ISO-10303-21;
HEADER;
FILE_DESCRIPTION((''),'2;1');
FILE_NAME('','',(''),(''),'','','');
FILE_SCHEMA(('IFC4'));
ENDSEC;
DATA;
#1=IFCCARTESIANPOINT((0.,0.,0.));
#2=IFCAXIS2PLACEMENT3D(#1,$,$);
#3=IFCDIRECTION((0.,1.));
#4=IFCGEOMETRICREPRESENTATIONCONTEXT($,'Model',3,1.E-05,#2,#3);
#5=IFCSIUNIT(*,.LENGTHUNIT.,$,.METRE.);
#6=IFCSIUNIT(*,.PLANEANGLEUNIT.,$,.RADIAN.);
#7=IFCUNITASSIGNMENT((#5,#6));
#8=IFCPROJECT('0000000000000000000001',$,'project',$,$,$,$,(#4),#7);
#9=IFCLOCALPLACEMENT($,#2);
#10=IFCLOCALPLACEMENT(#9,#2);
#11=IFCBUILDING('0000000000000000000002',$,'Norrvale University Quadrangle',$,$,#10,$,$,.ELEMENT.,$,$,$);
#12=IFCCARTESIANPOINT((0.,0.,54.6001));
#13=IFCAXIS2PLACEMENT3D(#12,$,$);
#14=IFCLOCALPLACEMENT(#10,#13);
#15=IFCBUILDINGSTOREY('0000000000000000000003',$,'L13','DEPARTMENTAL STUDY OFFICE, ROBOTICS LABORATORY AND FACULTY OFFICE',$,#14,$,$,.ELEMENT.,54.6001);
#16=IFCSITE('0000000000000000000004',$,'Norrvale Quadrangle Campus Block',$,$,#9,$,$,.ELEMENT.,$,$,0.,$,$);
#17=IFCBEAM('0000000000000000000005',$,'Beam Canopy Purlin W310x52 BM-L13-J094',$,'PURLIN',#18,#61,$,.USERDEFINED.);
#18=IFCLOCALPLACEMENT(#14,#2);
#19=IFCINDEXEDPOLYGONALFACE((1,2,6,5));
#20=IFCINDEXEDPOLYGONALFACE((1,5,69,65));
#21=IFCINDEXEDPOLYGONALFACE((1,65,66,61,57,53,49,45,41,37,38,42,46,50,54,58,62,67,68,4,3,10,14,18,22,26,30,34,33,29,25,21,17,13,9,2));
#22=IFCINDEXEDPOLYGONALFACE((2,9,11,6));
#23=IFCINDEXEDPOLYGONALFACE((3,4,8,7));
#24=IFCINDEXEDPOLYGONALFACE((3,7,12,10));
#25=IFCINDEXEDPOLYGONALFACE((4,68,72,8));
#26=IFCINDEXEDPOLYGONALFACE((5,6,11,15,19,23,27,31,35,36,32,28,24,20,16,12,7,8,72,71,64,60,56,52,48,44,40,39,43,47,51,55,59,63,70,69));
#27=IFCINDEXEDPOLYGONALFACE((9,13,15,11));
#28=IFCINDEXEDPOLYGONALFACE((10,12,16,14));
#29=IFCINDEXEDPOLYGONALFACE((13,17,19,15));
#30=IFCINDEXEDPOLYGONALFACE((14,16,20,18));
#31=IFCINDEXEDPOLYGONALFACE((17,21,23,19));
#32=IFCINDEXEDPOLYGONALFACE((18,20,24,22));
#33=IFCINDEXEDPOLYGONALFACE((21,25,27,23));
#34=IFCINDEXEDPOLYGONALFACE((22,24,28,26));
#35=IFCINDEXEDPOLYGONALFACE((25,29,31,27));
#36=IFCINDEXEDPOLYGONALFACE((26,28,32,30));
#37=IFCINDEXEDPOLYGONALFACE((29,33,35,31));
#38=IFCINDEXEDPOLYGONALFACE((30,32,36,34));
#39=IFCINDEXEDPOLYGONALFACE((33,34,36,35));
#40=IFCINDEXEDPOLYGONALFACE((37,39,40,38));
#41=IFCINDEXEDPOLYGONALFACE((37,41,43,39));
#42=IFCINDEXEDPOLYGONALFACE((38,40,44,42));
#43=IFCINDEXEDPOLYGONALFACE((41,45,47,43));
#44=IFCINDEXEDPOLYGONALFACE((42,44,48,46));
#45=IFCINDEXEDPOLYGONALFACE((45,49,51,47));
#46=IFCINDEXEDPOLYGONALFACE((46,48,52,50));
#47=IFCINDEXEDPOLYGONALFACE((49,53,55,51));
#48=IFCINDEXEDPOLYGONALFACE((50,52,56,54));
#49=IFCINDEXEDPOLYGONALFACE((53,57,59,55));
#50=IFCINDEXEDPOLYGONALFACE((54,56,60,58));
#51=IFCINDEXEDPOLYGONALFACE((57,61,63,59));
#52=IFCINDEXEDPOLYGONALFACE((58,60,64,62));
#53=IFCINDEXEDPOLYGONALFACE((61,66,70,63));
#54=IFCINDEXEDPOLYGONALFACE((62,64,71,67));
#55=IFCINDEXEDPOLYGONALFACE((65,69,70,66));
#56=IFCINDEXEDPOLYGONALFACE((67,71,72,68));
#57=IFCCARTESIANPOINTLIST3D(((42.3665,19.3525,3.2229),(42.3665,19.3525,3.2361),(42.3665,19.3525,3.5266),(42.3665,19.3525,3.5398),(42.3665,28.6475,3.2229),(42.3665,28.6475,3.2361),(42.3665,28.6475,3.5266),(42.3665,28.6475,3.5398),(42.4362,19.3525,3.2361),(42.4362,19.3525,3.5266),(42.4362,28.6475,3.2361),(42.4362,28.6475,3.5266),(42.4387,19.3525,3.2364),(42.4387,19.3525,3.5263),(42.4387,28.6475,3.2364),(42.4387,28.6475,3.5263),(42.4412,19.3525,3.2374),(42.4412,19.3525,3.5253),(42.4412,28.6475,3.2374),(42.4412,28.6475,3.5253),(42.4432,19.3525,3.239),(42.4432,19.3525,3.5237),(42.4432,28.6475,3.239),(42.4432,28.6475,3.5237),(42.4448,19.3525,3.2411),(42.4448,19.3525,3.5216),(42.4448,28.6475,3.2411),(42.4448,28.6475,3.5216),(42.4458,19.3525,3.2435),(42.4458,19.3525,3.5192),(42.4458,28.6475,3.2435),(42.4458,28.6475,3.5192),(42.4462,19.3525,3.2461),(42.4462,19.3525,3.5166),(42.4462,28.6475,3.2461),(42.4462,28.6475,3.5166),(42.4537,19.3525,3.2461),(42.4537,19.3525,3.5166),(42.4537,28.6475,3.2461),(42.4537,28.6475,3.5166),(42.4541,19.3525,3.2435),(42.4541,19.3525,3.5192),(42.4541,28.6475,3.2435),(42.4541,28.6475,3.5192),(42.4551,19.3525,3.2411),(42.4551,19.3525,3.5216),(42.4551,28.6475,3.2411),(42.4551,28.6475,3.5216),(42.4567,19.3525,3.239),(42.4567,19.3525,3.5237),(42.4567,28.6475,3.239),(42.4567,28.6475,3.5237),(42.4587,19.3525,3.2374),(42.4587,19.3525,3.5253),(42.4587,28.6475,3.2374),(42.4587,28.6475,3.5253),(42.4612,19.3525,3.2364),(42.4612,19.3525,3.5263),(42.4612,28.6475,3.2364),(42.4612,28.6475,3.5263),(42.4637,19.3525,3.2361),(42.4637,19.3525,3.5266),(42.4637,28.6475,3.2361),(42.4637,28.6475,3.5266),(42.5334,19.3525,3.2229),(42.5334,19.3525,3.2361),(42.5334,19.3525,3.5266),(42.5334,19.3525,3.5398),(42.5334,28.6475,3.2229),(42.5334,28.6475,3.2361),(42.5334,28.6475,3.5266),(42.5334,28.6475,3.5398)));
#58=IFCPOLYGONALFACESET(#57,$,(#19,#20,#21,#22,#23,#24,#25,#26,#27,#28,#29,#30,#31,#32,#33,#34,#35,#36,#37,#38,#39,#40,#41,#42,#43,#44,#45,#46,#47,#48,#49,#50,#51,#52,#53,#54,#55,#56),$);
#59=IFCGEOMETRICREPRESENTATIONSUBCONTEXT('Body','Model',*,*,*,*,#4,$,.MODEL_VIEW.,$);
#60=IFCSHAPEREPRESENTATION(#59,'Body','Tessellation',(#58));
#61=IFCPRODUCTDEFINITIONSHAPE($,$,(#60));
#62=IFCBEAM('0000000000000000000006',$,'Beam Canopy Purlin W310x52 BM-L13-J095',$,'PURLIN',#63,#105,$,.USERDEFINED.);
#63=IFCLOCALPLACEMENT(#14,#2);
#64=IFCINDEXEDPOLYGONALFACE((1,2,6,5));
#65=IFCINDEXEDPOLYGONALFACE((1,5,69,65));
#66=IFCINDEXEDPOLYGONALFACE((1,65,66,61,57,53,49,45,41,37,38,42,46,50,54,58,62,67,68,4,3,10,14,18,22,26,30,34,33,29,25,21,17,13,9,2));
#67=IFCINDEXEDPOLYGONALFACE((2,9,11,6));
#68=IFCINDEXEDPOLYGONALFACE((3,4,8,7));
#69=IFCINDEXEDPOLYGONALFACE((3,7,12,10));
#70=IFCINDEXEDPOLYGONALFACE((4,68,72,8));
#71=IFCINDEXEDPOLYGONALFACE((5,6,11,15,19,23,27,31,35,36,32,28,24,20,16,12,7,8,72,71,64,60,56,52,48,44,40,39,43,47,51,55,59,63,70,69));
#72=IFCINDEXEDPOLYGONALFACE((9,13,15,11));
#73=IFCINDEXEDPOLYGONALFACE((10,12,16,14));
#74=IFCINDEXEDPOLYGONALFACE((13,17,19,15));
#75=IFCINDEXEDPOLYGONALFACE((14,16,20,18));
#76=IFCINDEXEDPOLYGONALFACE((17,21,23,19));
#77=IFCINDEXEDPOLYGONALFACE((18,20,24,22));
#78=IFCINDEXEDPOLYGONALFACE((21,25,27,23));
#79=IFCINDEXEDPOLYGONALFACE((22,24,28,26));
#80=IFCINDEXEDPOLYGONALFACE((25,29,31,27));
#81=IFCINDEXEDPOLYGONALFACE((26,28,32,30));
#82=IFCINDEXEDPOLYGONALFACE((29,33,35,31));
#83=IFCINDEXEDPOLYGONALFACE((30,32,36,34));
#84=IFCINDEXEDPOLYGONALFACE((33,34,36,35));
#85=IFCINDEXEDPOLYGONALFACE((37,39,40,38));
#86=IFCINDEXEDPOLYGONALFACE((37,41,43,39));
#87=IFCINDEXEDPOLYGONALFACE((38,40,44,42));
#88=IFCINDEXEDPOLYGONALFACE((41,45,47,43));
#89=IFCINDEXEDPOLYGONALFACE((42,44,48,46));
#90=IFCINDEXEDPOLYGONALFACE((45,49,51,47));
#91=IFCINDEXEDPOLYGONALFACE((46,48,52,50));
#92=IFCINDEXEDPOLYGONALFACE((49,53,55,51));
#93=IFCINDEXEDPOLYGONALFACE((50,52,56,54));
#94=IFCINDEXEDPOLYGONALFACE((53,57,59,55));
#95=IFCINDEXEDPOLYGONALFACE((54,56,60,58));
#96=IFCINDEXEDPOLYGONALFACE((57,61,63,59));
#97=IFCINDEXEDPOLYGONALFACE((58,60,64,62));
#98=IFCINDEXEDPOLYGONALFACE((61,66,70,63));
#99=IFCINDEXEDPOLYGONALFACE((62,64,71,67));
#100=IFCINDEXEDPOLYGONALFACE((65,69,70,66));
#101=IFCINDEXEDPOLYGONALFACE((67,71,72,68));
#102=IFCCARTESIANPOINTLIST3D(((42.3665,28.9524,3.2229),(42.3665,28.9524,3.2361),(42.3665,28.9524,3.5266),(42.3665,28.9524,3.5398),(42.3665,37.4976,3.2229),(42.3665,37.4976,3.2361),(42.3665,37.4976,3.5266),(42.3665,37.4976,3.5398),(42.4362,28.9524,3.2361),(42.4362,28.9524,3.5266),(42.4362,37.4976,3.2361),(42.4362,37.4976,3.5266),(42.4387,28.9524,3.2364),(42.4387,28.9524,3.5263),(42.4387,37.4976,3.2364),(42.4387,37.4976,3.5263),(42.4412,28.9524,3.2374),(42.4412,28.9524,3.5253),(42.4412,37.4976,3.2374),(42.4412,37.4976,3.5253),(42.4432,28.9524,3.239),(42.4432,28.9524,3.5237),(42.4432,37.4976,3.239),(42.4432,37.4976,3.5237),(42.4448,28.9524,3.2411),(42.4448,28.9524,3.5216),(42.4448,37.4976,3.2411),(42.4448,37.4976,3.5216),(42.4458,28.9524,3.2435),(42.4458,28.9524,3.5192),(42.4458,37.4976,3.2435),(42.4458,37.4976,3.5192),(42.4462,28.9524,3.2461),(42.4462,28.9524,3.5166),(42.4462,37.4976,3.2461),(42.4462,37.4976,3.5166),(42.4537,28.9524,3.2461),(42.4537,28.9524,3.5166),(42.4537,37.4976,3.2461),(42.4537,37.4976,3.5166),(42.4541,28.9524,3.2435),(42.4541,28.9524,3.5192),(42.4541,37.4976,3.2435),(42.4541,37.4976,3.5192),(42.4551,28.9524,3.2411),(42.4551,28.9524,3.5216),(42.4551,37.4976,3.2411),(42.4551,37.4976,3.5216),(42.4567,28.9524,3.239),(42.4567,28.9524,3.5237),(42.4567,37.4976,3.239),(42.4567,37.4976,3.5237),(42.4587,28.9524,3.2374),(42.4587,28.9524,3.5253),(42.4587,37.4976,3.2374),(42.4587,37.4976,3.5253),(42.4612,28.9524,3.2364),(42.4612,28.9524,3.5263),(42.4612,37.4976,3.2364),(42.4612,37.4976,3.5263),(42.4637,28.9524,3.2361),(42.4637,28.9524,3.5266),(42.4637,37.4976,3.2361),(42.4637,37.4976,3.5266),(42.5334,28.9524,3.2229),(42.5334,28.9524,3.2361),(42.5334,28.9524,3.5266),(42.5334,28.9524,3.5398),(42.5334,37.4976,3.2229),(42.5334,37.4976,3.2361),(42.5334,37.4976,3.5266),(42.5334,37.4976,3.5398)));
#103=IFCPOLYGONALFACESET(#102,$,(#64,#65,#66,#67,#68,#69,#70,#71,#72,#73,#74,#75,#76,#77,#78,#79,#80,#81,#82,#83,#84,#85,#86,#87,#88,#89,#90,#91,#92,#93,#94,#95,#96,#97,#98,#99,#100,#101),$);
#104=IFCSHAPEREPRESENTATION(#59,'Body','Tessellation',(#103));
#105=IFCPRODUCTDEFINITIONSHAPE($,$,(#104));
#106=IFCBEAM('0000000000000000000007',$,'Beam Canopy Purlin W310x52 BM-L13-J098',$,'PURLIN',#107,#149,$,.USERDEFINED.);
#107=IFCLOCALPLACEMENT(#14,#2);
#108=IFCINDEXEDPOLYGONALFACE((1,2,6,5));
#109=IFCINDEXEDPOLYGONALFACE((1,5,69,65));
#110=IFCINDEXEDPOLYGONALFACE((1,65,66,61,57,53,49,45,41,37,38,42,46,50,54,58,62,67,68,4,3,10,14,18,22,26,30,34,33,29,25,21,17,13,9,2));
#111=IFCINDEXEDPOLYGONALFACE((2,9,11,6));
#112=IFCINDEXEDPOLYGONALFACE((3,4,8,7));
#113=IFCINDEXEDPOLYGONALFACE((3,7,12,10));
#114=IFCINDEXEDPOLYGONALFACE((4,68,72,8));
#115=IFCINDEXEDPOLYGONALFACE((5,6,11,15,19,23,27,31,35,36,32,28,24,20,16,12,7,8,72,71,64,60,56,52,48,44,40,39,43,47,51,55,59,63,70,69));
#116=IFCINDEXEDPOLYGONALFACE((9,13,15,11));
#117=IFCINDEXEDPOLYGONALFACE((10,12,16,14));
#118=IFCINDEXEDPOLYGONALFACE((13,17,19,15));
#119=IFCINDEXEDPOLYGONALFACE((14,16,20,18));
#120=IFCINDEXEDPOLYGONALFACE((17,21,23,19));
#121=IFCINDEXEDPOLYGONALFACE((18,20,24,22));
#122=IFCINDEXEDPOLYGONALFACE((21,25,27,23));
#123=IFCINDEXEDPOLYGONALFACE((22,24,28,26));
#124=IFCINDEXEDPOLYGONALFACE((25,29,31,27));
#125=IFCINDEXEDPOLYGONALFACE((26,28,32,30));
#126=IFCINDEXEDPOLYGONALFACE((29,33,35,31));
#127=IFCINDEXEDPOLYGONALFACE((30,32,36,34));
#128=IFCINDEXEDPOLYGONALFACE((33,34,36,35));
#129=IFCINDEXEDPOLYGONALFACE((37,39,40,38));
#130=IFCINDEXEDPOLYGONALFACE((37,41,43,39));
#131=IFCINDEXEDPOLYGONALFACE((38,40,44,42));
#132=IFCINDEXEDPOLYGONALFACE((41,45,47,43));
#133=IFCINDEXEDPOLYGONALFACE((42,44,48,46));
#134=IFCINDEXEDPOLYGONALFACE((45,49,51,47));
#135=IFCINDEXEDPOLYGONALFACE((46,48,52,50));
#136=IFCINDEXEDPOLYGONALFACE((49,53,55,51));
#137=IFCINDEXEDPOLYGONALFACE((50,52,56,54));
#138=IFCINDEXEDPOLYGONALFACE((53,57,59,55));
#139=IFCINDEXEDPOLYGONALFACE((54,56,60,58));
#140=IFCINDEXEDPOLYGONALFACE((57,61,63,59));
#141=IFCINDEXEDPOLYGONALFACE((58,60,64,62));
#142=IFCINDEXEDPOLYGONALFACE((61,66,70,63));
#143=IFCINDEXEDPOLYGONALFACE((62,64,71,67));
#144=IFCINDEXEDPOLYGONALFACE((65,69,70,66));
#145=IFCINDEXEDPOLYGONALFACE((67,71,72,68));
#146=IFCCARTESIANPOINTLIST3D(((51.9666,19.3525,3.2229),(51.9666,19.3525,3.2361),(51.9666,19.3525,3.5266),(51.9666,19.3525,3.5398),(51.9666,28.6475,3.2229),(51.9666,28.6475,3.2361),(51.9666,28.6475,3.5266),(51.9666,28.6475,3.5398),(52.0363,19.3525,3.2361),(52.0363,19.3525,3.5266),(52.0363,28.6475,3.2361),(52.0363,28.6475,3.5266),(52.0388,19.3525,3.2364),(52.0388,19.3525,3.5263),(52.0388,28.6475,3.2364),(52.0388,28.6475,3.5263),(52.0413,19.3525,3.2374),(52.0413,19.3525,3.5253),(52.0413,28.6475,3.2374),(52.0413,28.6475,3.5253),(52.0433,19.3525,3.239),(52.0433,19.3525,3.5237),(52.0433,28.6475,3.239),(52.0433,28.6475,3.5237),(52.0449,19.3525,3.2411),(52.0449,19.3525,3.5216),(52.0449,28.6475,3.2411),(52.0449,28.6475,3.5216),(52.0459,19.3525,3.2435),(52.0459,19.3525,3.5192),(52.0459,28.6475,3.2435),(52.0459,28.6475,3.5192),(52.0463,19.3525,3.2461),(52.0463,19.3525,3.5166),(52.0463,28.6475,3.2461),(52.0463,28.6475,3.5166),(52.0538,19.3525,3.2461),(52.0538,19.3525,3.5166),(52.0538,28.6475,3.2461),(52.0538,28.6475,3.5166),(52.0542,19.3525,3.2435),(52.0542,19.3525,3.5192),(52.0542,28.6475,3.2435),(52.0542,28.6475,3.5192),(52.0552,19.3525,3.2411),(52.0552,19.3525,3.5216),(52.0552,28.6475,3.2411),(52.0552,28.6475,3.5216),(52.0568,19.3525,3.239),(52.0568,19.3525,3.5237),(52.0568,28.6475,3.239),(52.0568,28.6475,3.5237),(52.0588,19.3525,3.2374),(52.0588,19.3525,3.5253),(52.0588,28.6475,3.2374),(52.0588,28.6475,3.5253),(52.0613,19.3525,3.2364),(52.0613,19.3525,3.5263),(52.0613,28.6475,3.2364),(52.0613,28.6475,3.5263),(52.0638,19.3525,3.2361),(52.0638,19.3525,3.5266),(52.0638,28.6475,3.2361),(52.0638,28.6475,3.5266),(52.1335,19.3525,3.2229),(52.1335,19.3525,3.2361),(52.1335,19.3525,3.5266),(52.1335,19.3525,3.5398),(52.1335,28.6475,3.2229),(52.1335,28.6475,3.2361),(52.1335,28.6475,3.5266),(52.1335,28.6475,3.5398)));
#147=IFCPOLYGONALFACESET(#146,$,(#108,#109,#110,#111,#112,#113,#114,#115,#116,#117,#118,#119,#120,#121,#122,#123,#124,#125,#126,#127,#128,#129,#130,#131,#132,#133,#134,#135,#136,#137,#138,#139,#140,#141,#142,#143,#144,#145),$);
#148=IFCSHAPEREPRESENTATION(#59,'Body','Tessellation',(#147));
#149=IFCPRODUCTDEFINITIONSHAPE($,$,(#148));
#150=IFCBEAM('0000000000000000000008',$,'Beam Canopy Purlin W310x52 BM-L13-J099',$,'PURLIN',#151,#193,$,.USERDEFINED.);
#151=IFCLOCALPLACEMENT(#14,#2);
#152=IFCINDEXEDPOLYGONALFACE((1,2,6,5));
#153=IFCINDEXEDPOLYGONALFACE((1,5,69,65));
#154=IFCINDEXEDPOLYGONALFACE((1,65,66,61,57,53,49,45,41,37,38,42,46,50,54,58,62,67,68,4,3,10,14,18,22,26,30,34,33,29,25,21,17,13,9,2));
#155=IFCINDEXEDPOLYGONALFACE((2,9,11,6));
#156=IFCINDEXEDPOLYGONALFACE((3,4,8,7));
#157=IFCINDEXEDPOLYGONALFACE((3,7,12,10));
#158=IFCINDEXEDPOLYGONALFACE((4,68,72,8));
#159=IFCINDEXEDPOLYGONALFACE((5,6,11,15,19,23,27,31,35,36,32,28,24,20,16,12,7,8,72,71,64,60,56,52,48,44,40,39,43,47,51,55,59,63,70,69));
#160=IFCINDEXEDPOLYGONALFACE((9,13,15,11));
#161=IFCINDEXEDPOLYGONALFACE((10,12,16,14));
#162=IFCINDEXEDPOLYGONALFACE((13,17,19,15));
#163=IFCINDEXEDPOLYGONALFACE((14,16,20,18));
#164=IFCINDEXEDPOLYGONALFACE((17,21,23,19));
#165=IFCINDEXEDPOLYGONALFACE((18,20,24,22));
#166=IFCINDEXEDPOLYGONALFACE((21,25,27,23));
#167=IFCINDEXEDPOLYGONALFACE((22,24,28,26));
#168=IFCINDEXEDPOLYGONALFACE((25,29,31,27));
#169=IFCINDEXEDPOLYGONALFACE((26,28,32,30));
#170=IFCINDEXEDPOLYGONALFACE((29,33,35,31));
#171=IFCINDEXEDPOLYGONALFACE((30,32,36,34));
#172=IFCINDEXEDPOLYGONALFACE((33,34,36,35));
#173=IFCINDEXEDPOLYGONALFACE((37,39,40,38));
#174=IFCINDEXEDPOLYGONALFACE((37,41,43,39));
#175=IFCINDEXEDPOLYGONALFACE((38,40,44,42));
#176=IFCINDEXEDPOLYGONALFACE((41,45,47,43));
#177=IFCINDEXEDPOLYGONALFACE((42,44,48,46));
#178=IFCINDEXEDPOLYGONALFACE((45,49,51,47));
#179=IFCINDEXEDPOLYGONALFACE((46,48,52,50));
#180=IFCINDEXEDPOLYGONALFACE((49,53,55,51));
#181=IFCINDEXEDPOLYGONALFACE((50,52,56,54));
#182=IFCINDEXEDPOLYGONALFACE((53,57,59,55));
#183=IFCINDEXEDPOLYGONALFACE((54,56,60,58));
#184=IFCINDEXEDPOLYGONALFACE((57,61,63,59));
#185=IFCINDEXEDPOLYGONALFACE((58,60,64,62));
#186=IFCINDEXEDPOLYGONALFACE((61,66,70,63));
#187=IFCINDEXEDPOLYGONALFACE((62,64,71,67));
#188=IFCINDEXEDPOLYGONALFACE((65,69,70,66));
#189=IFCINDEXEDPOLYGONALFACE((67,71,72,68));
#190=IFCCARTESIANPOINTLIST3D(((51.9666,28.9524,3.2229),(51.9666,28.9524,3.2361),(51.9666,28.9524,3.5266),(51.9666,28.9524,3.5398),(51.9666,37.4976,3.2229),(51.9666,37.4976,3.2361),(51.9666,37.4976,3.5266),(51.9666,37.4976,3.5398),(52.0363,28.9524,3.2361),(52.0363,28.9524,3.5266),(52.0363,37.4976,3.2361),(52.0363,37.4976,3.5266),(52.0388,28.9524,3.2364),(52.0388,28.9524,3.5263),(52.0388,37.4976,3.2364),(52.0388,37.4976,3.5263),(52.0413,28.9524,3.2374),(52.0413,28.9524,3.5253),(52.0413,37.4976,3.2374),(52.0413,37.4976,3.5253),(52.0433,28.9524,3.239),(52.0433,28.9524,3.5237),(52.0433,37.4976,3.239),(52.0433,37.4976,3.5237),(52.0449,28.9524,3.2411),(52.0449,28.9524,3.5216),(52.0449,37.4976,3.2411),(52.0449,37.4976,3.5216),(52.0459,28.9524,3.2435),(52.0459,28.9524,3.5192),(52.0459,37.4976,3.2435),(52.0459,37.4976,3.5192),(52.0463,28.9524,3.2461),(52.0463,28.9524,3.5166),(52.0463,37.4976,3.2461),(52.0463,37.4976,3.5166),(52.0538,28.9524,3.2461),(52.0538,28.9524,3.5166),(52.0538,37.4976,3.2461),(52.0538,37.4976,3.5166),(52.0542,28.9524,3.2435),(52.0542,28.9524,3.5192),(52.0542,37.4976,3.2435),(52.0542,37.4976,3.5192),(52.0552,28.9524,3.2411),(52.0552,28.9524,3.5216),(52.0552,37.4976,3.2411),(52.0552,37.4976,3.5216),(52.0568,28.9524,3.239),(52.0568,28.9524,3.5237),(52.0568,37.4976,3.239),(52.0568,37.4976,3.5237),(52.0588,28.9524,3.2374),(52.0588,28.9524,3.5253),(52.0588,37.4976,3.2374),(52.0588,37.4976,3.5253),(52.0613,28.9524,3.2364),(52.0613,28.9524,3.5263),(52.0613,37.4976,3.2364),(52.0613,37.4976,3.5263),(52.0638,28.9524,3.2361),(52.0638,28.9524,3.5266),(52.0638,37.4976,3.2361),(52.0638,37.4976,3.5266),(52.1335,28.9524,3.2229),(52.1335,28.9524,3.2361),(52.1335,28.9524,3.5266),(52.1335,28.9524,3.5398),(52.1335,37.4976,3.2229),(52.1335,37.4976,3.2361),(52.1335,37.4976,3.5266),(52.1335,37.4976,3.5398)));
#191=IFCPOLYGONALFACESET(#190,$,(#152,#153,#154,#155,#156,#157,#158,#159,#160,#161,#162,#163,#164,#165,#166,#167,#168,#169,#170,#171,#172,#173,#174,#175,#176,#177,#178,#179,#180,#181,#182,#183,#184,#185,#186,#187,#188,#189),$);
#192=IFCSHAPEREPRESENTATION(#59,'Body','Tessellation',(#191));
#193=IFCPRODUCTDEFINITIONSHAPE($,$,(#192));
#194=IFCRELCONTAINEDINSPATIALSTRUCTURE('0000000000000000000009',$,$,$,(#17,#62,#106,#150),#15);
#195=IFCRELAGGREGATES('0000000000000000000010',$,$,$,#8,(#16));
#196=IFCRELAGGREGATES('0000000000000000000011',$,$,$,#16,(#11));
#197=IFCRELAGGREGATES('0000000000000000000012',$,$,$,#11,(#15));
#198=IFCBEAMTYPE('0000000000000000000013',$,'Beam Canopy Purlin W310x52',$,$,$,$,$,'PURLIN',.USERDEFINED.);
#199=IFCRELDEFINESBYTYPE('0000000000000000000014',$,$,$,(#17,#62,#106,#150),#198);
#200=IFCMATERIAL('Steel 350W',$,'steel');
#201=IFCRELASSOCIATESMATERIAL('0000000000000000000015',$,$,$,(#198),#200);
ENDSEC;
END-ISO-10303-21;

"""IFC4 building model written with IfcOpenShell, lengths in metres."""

from ifc_helpers import new_model, si_unit, direction, frame, origin, origin_2d, place, context, subcontext, project, spatial, i_section, extrude, material, material_profile, profile_set, type_object, element, save


model = new_model("IFC4")

# Units and contexts
model_context = context("Model", 3, precision=1e-05, world=origin(), true_north=direction((0.0, 1.0)))
body_context = subcontext(model_context, "Body", "Model", "MODEL_VIEW")
ifc_project = project(units=[si_unit("LENGTHUNIT", "METRE"), si_unit("PLANEANGLEUNIT", "RADIAN")], contexts=[model_context])

# Site, building, storey
site_placement = place(None, origin())
site = spatial("IfcSite", under=ifc_project, at=site_placement, Name="Norrvale Quadrangle Campus Block", CompositionType="ELEMENT", RefElevation=0.0)
building_placement = place(site_placement, origin())
building = spatial("IfcBuilding", under=site, at=building_placement, Name="Norrvale University Quadrangle", CompositionType="ELEMENT")
storey_placement = place(building_placement, frame((0.0, 0.0, 54.6001)))
storey = spatial("IfcBuildingStorey", under=building, at=storey_placement, Name="L13", Description="DEPARTMENTAL STUDY OFFICE, ROBOTICS LABORATORY AND FACULTY OFFICE", CompositionType="ELEMENT", Elevation=54.6001)

# Beams
ifc_material_1 = material(Name="Steel 350W", Category="steel")
ifc_material_profile_1 = material_profile(ifc_material_1, i_section(OverallWidth=0.167, OverallDepth=0.3169, WebThickness=0.0076, FlangeThickness=0.0132, FilletRadius=0.01, at=origin_2d()), Name="Steel 350W")
ifc_profile_set_1 = profile_set([ifc_material_profile_1], Name="Steel 350W")
beam_type_1 = type_object("IfcBeamType", Name="Beam Canopy Purlin W310x52", ElementType="PURLIN", PredefinedType="USERDEFINED", material=ifc_profile_set_1)
beam_1_placement = place(storey_placement, frame((42.45, 19.3525, 3.3813), z_axis=(0.0, 1.0, 0.0), x_axis=(-1.0, 0.0, 0.0)))
element("IfcBeam", 1, at=beam_1_placement, inside=storey, type_object=beam_type_1, Name="Beam Canopy Purlin W310x52 BM-L13-J094", ObjectType="PURLIN", PredefinedType="USERDEFINED", context=body_context, shape_type="SweptSolid", body=[
    extrude(i_section(OverallWidth=0.167, OverallDepth=0.3169, WebThickness=0.0076, FlangeThickness=0.0132, FilletRadius=0.01, at=origin_2d()), origin(), (0.0, 0.0, 1.0), 9.2949),
])
beam_2_placement = place(storey_placement, frame((42.45, 28.9524, 3.3813), z_axis=(0.0, 1.0, 0.0), x_axis=(-1.0, 0.0, 0.0)))
element("IfcBeam", 2, at=beam_2_placement, inside=storey, type_object=beam_type_1, Name="Beam Canopy Purlin W310x52 BM-L13-J095", ObjectType="PURLIN", PredefinedType="USERDEFINED", context=body_context, shape_type="SweptSolid", body=[
    extrude(i_section(OverallWidth=0.167, OverallDepth=0.3169, WebThickness=0.0076, FlangeThickness=0.0132, FilletRadius=0.01, at=origin_2d()), origin(), (0.0, 0.0, 1.0), 8.5452),
])
beam_3_placement = place(storey_placement, frame((52.05, 19.3525, 3.3813), z_axis=(0.0, 1.0, 0.0), x_axis=(-1.0, 0.0, 0.0)))
element("IfcBeam", 3, at=beam_3_placement, inside=storey, type_object=beam_type_1, Name="Beam Canopy Purlin W310x52 BM-L13-J098", ObjectType="PURLIN", PredefinedType="USERDEFINED", context=body_context, shape_type="SweptSolid", body=[
    extrude(i_section(OverallWidth=0.167, OverallDepth=0.3169, WebThickness=0.0076, FlangeThickness=0.0132, FilletRadius=0.01, at=origin_2d()), origin(), (0.0, 0.0, 1.0), 9.2949),
])
beam_4_placement = place(storey_placement, frame((52.05, 28.9524, 3.3813), z_axis=(0.0, 1.0, 0.0), x_axis=(-1.0, 0.0, 0.0)))
element("IfcBeam", 4, at=beam_4_placement, inside=storey, type_object=beam_type_1, Name="Beam Canopy Purlin W310x52 BM-L13-J099", ObjectType="PURLIN", PredefinedType="USERDEFINED", context=body_context, shape_type="SweptSolid", body=[
    extrude(i_section(OverallWidth=0.167, OverallDepth=0.3169, WebThickness=0.0076, FlangeThickness=0.0132, FilletRadius=0.01, at=origin_2d()), origin(), (0.0, 0.0, 1.0), 8.5452),
])

save(model, "model.ifc")
